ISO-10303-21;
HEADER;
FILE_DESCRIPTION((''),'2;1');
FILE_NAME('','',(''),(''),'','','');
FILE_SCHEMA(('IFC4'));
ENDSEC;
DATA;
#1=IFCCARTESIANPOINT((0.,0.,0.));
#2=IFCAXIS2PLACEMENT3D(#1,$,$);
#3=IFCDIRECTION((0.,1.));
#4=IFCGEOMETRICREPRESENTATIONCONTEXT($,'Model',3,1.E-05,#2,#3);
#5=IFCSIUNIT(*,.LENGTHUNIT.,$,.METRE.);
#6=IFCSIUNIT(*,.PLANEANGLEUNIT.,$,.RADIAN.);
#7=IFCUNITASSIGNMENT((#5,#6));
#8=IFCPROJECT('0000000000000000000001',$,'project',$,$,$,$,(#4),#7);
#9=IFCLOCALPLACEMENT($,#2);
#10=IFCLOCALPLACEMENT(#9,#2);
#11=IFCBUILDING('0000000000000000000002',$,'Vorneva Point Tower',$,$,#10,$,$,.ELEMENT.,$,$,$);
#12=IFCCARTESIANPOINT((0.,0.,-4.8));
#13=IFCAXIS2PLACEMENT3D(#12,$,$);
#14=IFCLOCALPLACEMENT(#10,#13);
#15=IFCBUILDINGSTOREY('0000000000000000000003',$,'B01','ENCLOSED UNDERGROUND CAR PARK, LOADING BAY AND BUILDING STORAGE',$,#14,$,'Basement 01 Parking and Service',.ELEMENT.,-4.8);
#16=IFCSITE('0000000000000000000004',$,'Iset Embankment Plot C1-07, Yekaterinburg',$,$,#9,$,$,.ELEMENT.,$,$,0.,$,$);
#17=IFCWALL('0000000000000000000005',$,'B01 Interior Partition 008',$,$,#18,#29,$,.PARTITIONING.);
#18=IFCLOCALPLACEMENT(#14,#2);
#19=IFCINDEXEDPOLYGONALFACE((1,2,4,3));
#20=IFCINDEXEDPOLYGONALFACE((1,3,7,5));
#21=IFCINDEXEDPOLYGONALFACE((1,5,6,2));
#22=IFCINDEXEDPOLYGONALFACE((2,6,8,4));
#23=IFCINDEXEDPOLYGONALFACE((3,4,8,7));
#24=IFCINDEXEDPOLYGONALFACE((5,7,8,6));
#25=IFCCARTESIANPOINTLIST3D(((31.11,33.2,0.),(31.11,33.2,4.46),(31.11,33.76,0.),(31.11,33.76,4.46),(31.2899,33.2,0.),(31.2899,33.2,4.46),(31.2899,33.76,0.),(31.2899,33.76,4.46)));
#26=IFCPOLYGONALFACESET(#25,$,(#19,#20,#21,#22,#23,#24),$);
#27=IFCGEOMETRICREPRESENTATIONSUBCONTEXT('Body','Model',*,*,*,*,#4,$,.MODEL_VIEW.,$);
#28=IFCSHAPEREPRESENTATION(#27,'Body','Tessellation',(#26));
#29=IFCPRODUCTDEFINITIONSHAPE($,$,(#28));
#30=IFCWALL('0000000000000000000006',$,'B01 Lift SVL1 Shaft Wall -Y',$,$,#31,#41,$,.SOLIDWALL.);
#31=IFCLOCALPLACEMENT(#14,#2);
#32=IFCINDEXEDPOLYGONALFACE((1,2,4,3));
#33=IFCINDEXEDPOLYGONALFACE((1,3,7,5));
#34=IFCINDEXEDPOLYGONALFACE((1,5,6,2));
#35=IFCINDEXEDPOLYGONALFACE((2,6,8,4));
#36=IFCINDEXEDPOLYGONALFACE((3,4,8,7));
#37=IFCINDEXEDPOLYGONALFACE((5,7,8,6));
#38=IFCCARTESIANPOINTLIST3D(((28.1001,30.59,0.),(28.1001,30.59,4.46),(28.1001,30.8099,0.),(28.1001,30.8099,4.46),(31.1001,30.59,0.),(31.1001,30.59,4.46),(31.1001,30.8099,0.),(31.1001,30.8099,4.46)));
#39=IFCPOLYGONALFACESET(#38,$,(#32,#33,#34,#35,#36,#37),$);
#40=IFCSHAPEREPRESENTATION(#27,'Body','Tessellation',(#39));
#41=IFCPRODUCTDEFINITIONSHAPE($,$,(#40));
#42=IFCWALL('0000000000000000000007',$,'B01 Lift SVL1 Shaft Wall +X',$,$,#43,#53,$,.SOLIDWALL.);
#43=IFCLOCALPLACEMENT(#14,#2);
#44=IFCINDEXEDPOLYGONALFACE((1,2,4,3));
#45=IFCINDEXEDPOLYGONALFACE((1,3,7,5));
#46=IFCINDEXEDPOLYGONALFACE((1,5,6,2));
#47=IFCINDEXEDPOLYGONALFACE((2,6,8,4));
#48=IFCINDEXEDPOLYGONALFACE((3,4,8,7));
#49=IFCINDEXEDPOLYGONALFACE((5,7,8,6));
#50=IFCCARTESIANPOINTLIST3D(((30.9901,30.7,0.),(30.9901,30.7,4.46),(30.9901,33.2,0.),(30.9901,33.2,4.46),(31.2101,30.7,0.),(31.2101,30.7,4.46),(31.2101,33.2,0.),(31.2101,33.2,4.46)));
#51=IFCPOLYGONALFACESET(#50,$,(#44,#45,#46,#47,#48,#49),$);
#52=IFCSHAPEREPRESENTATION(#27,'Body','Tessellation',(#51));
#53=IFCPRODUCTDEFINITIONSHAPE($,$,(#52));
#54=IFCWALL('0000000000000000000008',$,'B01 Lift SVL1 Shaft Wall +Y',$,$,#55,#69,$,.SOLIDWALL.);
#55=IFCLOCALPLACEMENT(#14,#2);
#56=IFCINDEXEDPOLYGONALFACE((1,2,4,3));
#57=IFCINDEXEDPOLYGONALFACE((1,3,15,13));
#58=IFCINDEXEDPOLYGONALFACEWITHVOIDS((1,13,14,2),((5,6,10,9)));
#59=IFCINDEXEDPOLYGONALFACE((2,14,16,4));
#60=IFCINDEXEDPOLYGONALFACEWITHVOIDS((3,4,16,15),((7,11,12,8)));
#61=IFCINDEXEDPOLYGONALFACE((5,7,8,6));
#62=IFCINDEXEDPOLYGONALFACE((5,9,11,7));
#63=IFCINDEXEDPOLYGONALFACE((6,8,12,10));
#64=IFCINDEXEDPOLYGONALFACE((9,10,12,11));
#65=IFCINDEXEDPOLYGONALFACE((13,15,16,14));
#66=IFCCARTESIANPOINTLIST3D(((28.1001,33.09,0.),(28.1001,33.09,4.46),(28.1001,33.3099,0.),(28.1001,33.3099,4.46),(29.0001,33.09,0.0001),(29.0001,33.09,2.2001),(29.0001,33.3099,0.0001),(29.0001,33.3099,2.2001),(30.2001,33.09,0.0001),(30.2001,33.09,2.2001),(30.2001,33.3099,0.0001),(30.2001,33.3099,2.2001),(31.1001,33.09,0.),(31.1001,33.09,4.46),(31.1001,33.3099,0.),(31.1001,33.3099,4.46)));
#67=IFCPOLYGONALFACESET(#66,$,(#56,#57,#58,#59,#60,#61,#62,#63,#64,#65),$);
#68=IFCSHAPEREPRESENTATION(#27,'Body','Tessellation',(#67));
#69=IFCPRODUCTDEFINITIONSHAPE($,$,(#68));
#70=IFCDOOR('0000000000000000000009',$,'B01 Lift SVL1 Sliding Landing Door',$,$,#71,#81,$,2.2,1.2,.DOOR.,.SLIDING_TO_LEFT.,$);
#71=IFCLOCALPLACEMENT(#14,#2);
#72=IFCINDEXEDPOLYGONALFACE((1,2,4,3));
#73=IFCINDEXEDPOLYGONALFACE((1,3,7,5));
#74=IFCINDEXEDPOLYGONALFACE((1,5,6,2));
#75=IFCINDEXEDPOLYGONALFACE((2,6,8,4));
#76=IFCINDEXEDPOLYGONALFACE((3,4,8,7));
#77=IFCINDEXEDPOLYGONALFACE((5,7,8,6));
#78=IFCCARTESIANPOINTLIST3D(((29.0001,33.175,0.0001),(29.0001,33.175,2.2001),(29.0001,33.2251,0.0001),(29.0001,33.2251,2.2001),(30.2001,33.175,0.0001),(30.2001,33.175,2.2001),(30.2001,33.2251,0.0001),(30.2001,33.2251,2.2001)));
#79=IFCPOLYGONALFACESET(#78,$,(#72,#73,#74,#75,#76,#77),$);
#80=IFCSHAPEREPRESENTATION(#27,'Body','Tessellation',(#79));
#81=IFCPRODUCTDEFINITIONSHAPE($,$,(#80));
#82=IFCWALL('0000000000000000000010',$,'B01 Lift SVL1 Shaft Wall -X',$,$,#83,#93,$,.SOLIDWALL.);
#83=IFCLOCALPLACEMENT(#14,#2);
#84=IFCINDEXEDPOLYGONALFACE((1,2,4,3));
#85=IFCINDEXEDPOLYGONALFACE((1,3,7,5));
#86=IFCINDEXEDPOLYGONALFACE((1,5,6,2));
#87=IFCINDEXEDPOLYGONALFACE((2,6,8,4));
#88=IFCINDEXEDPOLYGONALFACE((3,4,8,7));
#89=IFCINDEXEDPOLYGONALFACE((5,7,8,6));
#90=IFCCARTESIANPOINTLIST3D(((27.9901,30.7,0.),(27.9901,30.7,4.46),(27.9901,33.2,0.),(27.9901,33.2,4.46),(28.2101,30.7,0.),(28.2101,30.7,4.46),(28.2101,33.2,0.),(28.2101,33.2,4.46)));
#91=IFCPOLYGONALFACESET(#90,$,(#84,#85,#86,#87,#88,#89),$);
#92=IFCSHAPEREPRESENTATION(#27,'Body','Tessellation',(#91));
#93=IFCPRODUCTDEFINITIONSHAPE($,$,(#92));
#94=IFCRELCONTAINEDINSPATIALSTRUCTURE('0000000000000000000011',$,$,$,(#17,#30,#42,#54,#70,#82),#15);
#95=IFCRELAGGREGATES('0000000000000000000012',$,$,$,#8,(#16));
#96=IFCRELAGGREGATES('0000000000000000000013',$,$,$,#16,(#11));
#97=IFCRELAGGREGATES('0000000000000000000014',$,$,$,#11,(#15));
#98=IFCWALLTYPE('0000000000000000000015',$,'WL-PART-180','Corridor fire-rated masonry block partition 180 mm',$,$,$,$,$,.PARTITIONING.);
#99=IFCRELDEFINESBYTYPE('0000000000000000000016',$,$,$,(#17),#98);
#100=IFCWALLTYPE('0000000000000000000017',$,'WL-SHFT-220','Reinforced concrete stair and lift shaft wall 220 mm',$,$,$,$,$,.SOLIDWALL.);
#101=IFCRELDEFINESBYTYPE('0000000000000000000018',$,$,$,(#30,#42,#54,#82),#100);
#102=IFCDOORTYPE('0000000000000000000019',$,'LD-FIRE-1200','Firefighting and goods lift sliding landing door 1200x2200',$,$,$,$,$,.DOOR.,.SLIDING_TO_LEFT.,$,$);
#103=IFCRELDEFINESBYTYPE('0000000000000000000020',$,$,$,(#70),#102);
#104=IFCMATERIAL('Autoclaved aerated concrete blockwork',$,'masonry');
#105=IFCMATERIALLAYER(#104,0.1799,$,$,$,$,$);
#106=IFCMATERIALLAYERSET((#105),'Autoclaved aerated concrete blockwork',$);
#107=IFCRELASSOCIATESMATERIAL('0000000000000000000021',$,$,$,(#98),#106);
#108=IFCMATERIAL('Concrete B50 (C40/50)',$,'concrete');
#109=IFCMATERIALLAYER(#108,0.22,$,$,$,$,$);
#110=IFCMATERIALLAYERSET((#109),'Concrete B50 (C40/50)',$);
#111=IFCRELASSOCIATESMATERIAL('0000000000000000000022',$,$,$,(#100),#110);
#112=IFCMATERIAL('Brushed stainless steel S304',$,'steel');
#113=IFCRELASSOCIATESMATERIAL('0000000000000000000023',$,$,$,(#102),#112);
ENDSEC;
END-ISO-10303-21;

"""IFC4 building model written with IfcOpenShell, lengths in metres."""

from ifc_helpers import new_model, si_unit, direction, frame, frame_2d, origin, place, context, subcontext, project, spatial, rectangle, extrude, material, layer, layer_set, type_object, element, fill, save


model = new_model("IFC4")

# Units and contexts
model_context = context("Model", 3, precision=1e-05, world=origin(), true_north=direction((0.0, 1.0)))
body_context = subcontext(model_context, "Body", "Model", "MODEL_VIEW")
ifc_project = project(units=[si_unit("LENGTHUNIT", "METRE"), si_unit("PLANEANGLEUNIT", "RADIAN")], contexts=[model_context])

# Site, building, storey
site_placement = place(None, origin())
site = spatial("IfcSite", under=ifc_project, at=site_placement, Name="Iset Embankment Plot C1-07, Yekaterinburg", CompositionType="ELEMENT", RefElevation=0.0)
building_placement = place(site_placement, origin())
building = spatial("IfcBuilding", under=site, at=building_placement, Name="Vorneva Point Tower", CompositionType="ELEMENT")
storey_placement = place(building_placement, frame((0.0, 0.0, -4.8)))
storey = spatial("IfcBuildingStorey", under=building, at=storey_placement, Name="B01", Description="ENCLOSED UNDERGROUND CAR PARK, LOADING BAY AND BUILDING STORAGE", LongName="Basement 01 Parking and Service", CompositionType="ELEMENT", Elevation=-4.8)

# Shared definitions
ifc_material_1 = material(Name="Concrete B50 (C40/50)", Category="concrete")

# Shared definitions
ifc_material_2 = material(Name="Autoclaved aerated concrete blockwork", Category="masonry")
ifc_layer_1 = layer(ifc_material_2, 0.1799)
ifc_layer_set_1 = layer_set([ifc_layer_1], Name="Autoclaved aerated concrete blockwork")
wall_type_1 = type_object("IfcWallType", Name="WL-PART-180", Description="Corridor fire-rated masonry block partition 180 mm", PredefinedType="PARTITIONING", material=ifc_layer_set_1)

# Walls
wall_1_placement = place(storey_placement, frame((31.2, 33.76, 0.0), z_axis=(0.0, 0.0, 1.0), x_axis=(0.0, -1.0, 0.0)))
element("IfcWall", 1, at=wall_1_placement, inside=storey, type_object=wall_type_1, Name="B01 Interior Partition 008", PredefinedType="PARTITIONING", context=body_context, shape_type="SweptSolid", body=[
    extrude(rectangle(XDim=0.5601, YDim=0.1799, at=frame_2d((0.28, 0.0))), origin(), (0.0, 0.0, 1.0), 4.46),
])
ifc_layer_2 = layer(ifc_material_1, 0.22)
ifc_layer_set_2 = layer_set([ifc_layer_2], Name="Concrete B50 (C40/50)")
wall_type_2 = type_object("IfcWallType", Name="WL-SHFT-220", Description="Reinforced concrete stair and lift shaft wall 220 mm", PredefinedType="SOLIDWALL", material=ifc_layer_set_2)
wall_2_placement = place(storey_placement, frame((28.1001, 30.7, 0.0), z_axis=(0.0, 0.0, 1.0), x_axis=(1.0, 0.0, 0.0)))
element("IfcWall", 2, at=wall_2_placement, inside=storey, type_object=wall_type_2, Name="B01 Lift SVL1 Shaft Wall -Y", PredefinedType="SOLIDWALL", context=body_context, shape_type="SweptSolid", body=[
    extrude(rectangle(XDim=3.0, YDim=0.22, at=frame_2d((1.5, 0.0))), origin(), (0.0, 0.0, 1.0), 4.46),
])
wall_3_placement = place(storey_placement, frame((31.1001, 30.7, 0.0), z_axis=(0.0, 0.0, 1.0), x_axis=(0.0, 1.0, 0.0)))
element("IfcWall", 3, at=wall_3_placement, inside=storey, type_object=wall_type_2, Name="B01 Lift SVL1 Shaft Wall +X", PredefinedType="SOLIDWALL", context=body_context, shape_type="SweptSolid", body=[
    extrude(rectangle(XDim=2.5, YDim=0.22, at=frame_2d((1.25, 0.0))), origin(), (0.0, 0.0, 1.0), 4.46),
])

# Wall, opening, door
wall_4_placement = place(storey_placement, frame((31.1001, 33.2, 0.0), z_axis=(0.0, 0.0, 1.0), x_axis=(-1.0, 0.0, 0.0)))
wall_4 = element("IfcWall", 4, at=wall_4_placement, inside=storey, type_object=wall_type_2, Name="B01 Lift SVL1 Shaft Wall +Y", PredefinedType="SOLIDWALL", context=body_context, shape_type="SweptSolid", body=[
    extrude(rectangle(XDim=3.0, YDim=0.22, at=frame_2d((1.5, 0.0))), origin(), (0.0, 0.0, 1.0), 4.46),
])
opening_1_placement = place(wall_4_placement, frame((0.8999, 0.0, 0.0)))
opening_1 = element("IfcOpeningElement", 5, at=opening_1_placement, cuts=wall_4, PredefinedType="OPENING", context=body_context, shape_type="SweptSolid", body=[
    extrude(rectangle(XDim=1.2, YDim=2.2, at=frame_2d((0.6001, 1.1001))), frame((0.0, 0.125, 0.0), z_axis=(0.0, -1.0, 0.0), x_axis=(1.0, 0.0, 0.0)), (0.0, 0.0, 1.0), 0.2498),
])
ifc_material_3 = material(Name="Brushed stainless steel S304", Category="steel")
door_type_1 = type_object("IfcDoorType", Name="LD-FIRE-1200", Description="Firefighting and goods lift sliding landing door 1200x2200", OperationType="SLIDING_TO_LEFT", PredefinedType="DOOR", material=ifc_material_3)
door_1_placement = place(opening_1_placement, origin())
door_1 = element("IfcDoor", 6, at=door_1_placement, inside=storey, type_object=door_type_1, Name="B01 Lift SVL1 Sliding Landing Door", OperationType="SLIDING_TO_LEFT", OverallHeight=2.2, OverallWidth=1.2, PredefinedType="DOOR", context=body_context, shape_type="SweptSolid", body=[
    extrude(rectangle(XDim=1.2, YDim=2.2, at=frame_2d((0.6001, 1.1001))), frame((0.0, 0.0249, 0.0), z_axis=(0.0, -1.0, 0.0), x_axis=(1.0, 0.0, 0.0)), (0.0, 0.0, 1.0), 0.05),
])
fill(opening_1, door_1)

# Wall
wall_5_placement = place(storey_placement, frame((28.1001, 33.2, 0.0), z_axis=(0.0, 0.0, 1.0), x_axis=(0.0, -1.0, 0.0)))
element("IfcWall", 7, at=wall_5_placement, inside=storey, type_object=wall_type_2, Name="B01 Lift SVL1 Shaft Wall -X", PredefinedType="SOLIDWALL", context=body_context, shape_type="SweptSolid", body=[
    extrude(rectangle(XDim=2.5, YDim=0.22, at=frame_2d((1.25, 0.0))), origin(), (0.0, 0.0, 1.0), 4.46),
])

save(model, "model.ifc")
